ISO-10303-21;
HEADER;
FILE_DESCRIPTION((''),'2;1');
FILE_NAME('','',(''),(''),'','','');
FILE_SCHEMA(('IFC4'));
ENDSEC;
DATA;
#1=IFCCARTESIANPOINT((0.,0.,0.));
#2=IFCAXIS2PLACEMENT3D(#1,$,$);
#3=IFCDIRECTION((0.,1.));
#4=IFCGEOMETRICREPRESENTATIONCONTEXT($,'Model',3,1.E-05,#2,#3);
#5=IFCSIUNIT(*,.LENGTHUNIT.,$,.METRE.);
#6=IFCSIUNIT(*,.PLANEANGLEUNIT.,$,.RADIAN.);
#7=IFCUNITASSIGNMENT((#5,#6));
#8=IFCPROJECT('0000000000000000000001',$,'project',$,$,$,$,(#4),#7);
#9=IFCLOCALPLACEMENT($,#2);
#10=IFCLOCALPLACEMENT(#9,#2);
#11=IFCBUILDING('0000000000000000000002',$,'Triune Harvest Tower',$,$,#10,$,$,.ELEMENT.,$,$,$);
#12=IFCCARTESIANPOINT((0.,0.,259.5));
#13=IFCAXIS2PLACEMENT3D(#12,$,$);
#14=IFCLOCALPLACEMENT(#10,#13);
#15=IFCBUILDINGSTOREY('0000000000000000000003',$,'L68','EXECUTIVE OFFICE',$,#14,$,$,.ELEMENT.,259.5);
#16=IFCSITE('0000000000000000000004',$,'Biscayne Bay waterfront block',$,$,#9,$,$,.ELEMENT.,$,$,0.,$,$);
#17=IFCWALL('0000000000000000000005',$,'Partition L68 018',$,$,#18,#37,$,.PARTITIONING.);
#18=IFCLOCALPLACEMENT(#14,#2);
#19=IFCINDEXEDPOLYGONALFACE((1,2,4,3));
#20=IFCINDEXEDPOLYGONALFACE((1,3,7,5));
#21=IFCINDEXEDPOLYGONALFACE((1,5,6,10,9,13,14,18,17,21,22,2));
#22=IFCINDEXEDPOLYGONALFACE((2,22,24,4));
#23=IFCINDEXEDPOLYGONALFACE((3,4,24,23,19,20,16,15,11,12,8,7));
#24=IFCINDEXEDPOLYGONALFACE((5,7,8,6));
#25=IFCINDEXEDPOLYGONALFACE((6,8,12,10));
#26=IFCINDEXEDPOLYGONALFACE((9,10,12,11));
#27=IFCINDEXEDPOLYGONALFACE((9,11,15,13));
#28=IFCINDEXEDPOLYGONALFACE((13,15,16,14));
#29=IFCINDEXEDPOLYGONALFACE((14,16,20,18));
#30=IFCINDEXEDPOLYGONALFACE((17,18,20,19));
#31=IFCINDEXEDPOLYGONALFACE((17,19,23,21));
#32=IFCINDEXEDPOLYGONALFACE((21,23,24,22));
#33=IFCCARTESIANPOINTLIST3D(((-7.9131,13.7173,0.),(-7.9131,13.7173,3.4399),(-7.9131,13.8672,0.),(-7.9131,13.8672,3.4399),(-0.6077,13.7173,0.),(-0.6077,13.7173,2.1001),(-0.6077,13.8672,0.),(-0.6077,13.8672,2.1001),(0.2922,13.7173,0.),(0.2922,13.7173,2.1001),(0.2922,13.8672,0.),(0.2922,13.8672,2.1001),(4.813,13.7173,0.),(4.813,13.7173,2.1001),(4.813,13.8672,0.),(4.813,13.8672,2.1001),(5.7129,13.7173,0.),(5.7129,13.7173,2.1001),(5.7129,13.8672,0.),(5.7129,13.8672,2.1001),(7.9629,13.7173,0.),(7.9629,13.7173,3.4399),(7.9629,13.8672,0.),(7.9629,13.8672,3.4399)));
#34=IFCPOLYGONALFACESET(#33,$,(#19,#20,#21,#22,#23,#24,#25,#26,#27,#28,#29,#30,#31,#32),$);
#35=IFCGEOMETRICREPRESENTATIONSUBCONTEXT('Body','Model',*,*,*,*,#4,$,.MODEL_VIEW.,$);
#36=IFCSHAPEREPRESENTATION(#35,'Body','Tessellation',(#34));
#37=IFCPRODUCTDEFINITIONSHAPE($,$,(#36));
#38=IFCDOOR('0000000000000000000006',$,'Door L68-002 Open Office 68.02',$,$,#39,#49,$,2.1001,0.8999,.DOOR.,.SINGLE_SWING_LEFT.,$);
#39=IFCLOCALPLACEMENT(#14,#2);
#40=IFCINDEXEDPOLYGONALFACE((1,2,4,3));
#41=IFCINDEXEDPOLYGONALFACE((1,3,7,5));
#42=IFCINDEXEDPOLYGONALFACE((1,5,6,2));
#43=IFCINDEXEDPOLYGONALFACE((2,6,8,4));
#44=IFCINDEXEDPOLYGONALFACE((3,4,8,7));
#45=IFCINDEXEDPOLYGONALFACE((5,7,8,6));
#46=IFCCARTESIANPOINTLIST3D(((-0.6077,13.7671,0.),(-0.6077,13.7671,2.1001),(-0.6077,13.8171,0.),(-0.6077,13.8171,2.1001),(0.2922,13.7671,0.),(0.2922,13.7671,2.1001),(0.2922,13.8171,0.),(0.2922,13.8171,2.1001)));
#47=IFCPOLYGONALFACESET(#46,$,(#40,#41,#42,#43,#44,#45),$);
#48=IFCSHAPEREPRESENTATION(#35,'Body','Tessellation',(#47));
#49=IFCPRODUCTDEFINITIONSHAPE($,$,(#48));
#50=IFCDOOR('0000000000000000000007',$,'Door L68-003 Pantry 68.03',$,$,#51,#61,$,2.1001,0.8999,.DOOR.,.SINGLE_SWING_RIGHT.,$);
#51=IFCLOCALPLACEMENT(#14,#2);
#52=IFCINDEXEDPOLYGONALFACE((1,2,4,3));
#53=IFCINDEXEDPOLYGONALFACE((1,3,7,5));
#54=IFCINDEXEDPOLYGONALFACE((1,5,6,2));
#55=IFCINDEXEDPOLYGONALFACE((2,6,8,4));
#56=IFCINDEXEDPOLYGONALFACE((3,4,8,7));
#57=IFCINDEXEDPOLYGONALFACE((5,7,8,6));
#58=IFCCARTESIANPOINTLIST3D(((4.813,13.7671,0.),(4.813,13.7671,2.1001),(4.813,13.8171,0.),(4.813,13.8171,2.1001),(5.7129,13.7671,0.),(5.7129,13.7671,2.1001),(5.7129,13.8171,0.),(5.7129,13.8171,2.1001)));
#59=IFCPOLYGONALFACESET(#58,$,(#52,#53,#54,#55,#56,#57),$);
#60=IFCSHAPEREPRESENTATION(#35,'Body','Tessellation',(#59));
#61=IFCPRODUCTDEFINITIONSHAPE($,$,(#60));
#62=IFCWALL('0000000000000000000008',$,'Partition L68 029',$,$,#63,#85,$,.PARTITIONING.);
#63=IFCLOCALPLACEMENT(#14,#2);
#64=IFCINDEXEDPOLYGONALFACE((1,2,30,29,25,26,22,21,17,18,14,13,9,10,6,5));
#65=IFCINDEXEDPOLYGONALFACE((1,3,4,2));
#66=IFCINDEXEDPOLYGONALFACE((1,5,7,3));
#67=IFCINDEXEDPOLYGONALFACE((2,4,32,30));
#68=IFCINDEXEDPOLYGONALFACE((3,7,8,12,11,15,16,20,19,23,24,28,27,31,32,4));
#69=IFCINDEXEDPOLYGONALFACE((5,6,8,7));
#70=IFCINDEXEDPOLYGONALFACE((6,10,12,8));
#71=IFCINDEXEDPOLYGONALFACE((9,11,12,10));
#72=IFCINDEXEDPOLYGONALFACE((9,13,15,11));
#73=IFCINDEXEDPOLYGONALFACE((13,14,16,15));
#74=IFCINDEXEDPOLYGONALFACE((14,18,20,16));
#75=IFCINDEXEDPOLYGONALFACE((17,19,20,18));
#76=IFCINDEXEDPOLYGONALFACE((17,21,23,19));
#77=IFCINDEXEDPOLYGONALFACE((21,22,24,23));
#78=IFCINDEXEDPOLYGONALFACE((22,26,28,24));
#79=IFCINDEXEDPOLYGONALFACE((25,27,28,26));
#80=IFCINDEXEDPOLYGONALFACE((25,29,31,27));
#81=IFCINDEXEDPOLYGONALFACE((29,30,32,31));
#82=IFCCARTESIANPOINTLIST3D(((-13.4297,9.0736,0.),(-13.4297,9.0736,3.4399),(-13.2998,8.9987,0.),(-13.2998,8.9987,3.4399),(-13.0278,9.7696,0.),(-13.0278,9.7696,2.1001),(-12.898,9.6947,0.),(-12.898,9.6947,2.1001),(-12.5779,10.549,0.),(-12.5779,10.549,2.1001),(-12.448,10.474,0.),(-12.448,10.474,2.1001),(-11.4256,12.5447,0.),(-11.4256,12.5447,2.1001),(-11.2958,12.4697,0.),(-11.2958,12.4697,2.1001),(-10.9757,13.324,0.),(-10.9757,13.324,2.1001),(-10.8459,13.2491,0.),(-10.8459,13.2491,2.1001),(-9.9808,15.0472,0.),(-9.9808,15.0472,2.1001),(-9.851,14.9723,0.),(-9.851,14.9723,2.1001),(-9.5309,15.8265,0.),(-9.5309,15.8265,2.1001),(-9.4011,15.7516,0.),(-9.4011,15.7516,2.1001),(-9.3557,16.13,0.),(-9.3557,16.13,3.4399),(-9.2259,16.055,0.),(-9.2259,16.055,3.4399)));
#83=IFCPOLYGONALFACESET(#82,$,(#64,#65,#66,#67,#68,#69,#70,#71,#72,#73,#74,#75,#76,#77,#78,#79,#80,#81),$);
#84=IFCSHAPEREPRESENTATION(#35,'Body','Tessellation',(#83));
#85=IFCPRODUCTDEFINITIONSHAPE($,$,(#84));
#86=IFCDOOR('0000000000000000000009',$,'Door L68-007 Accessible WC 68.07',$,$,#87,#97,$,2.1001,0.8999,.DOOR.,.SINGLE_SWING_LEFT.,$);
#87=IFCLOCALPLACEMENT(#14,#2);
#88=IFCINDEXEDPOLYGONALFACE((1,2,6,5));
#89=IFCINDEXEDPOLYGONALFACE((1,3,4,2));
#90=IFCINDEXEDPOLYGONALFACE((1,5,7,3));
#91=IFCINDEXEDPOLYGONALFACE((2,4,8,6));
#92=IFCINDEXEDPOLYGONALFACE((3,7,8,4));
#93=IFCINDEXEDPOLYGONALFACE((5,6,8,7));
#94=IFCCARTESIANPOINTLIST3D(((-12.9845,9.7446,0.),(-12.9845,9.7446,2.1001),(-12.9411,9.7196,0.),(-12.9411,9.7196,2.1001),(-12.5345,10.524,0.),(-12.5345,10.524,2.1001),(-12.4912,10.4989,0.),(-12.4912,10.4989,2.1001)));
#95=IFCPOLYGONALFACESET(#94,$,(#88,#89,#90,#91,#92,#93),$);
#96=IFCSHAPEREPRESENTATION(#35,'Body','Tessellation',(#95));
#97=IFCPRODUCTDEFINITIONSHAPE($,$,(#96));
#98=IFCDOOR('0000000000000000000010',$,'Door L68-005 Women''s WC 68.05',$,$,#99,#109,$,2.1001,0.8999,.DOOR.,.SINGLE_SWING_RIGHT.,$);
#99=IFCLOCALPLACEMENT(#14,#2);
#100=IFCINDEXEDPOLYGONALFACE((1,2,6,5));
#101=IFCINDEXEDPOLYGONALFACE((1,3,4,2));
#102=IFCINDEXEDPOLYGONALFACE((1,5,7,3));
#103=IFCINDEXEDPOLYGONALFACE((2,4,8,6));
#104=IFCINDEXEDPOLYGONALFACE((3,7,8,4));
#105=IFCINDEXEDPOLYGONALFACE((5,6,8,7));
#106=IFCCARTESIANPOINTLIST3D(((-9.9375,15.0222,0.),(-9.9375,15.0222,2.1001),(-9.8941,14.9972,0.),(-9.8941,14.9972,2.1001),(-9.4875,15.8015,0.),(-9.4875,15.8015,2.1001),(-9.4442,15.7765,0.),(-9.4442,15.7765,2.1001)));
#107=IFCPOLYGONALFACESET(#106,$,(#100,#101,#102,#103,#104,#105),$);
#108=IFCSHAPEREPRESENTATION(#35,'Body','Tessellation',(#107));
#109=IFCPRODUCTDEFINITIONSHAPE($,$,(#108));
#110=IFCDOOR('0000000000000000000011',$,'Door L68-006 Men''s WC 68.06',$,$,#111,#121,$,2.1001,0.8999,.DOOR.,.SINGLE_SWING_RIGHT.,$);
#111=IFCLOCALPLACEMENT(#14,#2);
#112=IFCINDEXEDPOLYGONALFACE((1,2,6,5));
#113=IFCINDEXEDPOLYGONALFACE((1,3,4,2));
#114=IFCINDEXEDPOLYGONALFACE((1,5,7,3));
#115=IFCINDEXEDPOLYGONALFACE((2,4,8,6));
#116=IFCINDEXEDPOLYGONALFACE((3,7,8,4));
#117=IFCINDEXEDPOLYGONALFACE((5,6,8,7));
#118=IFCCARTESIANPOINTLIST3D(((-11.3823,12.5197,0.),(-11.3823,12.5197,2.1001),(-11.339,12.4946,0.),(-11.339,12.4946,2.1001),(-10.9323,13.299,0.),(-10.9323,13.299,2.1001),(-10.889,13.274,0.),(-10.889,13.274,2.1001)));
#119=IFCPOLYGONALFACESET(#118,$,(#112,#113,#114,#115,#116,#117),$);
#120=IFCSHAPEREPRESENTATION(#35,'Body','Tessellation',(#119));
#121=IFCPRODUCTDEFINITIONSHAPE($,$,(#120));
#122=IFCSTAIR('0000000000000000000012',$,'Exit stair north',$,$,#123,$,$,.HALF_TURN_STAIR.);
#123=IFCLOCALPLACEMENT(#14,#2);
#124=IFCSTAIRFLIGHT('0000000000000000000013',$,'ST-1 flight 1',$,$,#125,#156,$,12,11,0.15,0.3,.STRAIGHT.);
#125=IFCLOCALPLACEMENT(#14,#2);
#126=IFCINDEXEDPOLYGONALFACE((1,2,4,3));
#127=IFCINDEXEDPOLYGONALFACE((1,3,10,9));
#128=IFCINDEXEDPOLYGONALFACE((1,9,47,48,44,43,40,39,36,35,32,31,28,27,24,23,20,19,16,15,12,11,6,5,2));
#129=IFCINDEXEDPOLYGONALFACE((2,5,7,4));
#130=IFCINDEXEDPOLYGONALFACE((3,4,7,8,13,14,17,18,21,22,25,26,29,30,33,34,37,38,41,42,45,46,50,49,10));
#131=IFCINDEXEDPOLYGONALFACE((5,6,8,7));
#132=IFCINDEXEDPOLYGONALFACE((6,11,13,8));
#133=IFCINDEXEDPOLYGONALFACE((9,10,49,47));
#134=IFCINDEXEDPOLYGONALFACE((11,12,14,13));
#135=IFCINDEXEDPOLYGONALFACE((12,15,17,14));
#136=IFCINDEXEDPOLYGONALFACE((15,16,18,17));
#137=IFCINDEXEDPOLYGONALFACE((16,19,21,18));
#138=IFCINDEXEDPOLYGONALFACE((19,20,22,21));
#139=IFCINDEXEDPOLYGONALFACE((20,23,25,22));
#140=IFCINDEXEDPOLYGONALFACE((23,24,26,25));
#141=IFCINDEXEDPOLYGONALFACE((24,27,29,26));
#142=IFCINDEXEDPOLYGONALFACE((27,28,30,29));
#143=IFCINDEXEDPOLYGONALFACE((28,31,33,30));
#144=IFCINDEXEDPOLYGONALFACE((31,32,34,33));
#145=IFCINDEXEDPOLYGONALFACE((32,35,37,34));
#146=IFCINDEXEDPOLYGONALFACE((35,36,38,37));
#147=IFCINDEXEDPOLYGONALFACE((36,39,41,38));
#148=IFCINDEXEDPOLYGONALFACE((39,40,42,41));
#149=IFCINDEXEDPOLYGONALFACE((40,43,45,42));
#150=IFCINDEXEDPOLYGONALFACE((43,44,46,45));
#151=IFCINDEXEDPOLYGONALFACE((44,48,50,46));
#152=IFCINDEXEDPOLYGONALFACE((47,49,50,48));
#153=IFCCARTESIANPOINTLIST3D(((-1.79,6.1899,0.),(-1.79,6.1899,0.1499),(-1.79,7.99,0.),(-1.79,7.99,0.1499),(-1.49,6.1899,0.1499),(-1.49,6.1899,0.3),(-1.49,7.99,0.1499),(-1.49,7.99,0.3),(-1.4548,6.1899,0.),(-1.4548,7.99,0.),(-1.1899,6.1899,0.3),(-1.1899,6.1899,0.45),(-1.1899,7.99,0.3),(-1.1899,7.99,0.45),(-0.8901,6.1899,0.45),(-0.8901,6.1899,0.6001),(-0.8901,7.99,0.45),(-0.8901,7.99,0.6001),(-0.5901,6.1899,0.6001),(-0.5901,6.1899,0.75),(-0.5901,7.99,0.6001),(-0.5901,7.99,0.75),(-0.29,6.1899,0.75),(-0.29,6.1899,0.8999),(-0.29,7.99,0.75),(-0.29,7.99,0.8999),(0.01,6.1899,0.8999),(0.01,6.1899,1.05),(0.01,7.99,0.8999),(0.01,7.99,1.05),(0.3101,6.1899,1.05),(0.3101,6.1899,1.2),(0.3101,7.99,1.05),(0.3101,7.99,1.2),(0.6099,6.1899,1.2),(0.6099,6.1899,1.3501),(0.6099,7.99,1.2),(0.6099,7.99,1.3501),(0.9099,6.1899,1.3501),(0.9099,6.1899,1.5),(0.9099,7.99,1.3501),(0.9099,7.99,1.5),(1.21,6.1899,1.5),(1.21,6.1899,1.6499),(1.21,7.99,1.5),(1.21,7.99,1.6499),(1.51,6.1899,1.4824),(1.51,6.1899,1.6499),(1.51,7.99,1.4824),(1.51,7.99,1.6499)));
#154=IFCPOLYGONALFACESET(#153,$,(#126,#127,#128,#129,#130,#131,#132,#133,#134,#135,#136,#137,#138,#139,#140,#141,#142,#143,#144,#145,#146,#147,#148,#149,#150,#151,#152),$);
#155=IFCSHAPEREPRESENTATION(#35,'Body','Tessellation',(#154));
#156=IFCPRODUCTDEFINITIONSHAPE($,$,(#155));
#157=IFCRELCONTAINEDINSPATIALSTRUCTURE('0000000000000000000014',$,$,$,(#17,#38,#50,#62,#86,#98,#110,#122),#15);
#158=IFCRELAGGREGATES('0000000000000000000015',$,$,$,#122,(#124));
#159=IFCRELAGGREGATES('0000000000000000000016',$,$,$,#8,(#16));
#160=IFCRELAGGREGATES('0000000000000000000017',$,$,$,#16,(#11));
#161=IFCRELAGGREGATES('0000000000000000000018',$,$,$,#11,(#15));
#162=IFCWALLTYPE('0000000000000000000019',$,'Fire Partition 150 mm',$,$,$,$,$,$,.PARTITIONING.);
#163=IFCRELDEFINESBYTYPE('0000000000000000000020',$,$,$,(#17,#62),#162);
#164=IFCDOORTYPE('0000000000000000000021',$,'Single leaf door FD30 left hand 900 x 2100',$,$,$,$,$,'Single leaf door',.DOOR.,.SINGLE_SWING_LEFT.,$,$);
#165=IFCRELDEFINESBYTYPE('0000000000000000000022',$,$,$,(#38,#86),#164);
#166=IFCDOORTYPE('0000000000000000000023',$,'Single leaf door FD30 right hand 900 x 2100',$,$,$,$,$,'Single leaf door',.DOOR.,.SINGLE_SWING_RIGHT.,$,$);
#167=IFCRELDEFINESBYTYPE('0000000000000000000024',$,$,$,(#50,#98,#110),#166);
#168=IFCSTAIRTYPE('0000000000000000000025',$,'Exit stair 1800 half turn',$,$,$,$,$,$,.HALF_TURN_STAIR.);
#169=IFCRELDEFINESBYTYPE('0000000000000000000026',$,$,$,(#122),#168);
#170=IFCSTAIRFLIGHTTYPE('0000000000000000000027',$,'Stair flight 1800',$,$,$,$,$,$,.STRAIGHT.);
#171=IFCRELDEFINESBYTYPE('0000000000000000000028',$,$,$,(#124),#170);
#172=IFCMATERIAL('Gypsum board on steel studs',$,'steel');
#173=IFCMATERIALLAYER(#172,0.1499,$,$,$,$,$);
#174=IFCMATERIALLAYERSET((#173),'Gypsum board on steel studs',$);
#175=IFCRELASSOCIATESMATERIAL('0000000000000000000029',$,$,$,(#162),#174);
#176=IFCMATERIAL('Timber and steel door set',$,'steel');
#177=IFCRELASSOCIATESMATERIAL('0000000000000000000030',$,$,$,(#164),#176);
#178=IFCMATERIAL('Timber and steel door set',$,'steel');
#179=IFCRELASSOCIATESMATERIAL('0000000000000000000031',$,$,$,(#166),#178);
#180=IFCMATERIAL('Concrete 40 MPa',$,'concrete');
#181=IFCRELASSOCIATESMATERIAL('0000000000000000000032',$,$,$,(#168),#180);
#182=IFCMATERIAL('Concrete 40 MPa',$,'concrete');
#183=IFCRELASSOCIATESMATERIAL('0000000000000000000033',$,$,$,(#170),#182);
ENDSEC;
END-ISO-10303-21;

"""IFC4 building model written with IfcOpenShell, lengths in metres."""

from ifc_helpers import new_model, si_unit, direction, frame, frame_2d, origin, place, context, subcontext, project, spatial, polyline, rectangle, outline, extrude, source, transform, mapped, material, layer, layer_set, type_object, element, fill, aggregate, save


model = new_model("IFC4")

# Units and contexts
model_context = context("Model", 3, precision=1e-05, world=origin(), true_north=direction((0.0, 1.0)))
body_context = subcontext(model_context, "Body", "Model", "MODEL_VIEW")
ifc_project = project(units=[si_unit("LENGTHUNIT", "METRE"), si_unit("PLANEANGLEUNIT", "RADIAN")], contexts=[model_context])

# Site, building, storey
site_placement = place(None, origin())
site = spatial("IfcSite", under=ifc_project, at=site_placement, Name="Biscayne Bay waterfront block", CompositionType="ELEMENT", RefElevation=0.0)
building_placement = place(site_placement, origin())
building = spatial("IfcBuilding", under=site, at=building_placement, Name="Triune Harvest Tower", CompositionType="ELEMENT")
storey_placement = place(building_placement, frame((0.0, 0.0, 259.5)))
storey = spatial("IfcBuildingStorey", under=building, at=storey_placement, Name="L68", Description="EXECUTIVE OFFICE", CompositionType="ELEMENT", Elevation=259.5)

# Walls, openings, doors
ifc_material_1 = material(Name="Gypsum board on steel studs", Category="steel")
ifc_layer_1 = layer(ifc_material_1, 0.1499)
ifc_layer_set_1 = layer_set([ifc_layer_1], Name="Gypsum board on steel studs")
wall_type_1 = type_object("IfcWallType", Name="Fire Partition 150 mm", PredefinedType="PARTITIONING", material=ifc_layer_set_1)
shared_shape_1 = source(origin(), body_context, "Body", "SweptSolid", [
    extrude(rectangle(XDim=15.876, YDim=0.1499, at=frame_2d((7.938, 0.0))), origin(), (0.0, 0.0, 1.0), 3.4399),
])
wall_1_placement = place(storey_placement, frame((-7.9131, 13.7922, 0.0), z_axis=(0.0, 0.0, 1.0), x_axis=(1.0, 0.0, 0.0)))
wall_1 = element("IfcWall", 1, at=wall_1_placement, inside=storey, type_object=wall_type_1, Name="Partition L68 018", PredefinedType="PARTITIONING", context=body_context, shape_type="MappedRepresentation", body=[
    mapped(shared_shape_1, transform((0.0, 0.0, 0.0), scale=1.0)),
])
opening_1_placement = place(wall_1_placement, frame((7.3054, 0.0, 0.0)))
opening_1 = element("IfcOpeningElement", 2, at=opening_1_placement, cuts=wall_1, PredefinedType="OPENING", context=body_context, shape_type="SweptSolid", body=[
    extrude(rectangle(XDim=0.8999, YDim=2.1001, at=frame_2d((0.45, 1.05))), frame((0.0, 0.085, 0.0), z_axis=(0.0, -1.0, 0.0), x_axis=(1.0, 0.0, 0.0)), (0.0, 0.0, 1.0), 0.1699),
])
opening_2_placement = place(wall_1_placement, frame((12.7261, 0.0, 0.0)))
opening_2 = element("IfcOpeningElement", 3, at=opening_2_placement, cuts=wall_1, PredefinedType="OPENING", context=body_context, shape_type="SweptSolid", body=[
    extrude(rectangle(XDim=0.8999, YDim=2.1001, at=frame_2d((0.45, 1.05))), frame((0.0, 0.085, 0.0), z_axis=(0.0, -1.0, 0.0), x_axis=(1.0, 0.0, 0.0)), (0.0, 0.0, 1.0), 0.1699),
])
ifc_material_2 = material(Name="Timber and steel door set", Category="steel")
door_type_1 = type_object("IfcDoorType", Name="Single leaf door FD30 left hand 900 x 2100", ElementType="Single leaf door", OperationType="SINGLE_SWING_LEFT", PredefinedType="DOOR", material=ifc_material_2)
door_1_placement = place(opening_1_placement, origin())
door_1 = element("IfcDoor", 4, at=door_1_placement, inside=storey, type_object=door_type_1, Name="Door L68-002 Open Office 68.02", OperationType="SINGLE_SWING_LEFT", OverallHeight=2.1001, OverallWidth=0.8999, PredefinedType="DOOR", context=body_context, shape_type="SweptSolid", body=[
    extrude(rectangle(XDim=0.8999, YDim=2.1001, at=frame_2d((0.45, 1.05))), frame((0.0, 0.0249, 0.0), z_axis=(0.0, -1.0, 0.0), x_axis=(1.0, 0.0, 0.0)), (0.0, 0.0, 1.0), 0.05),
])
fill(opening_1, door_1)
ifc_material_3 = material(Name="Timber and steel door set", Category="steel")
door_type_2 = type_object("IfcDoorType", Name="Single leaf door FD30 right hand 900 x 2100", ElementType="Single leaf door", OperationType="SINGLE_SWING_RIGHT", PredefinedType="DOOR", material=ifc_material_3)
door_2_placement = place(opening_2_placement, origin())
door_2 = element("IfcDoor", 5, at=door_2_placement, inside=storey, type_object=door_type_2, Name="Door L68-003 Pantry 68.03", OperationType="SINGLE_SWING_RIGHT", OverallHeight=2.1001, OverallWidth=0.8999, PredefinedType="DOOR", context=body_context, shape_type="SweptSolid", body=[
    extrude(rectangle(XDim=0.8999, YDim=2.1001, at=frame_2d((0.45, 1.05))), frame((0.0, 0.0249, 0.0), z_axis=(0.0, -1.0, 0.0), x_axis=(1.0, 0.0, 0.0)), (0.0, 0.0, 1.0), 0.05),
])
fill(opening_2, door_2)
shared_shape_2 = source(origin(), body_context, "Body", "SweptSolid", [
    extrude(rectangle(XDim=8.1479, YDim=0.1499, at=frame_2d((4.074, 0.0))), origin(), (0.0, 0.0, 1.0), 3.4399),
])
wall_2_placement = place(storey_placement, frame((-13.3647, 9.0361, 0.0), z_axis=(0.0, 0.0, 1.0), x_axis=(0.499997, 0.866027, 0.0)))
wall_2 = element("IfcWall", 6, at=wall_2_placement, inside=storey, type_object=wall_type_1, Name="Partition L68 029", PredefinedType="PARTITIONING", context=body_context, shape_type="MappedRepresentation", body=[
    mapped(shared_shape_2, transform((0.0, 0.0, 0.0), scale=1.0)),
])
opening_3_placement = place(wall_2_placement, frame((6.8977, 0.0, 0.0)))
opening_3 = element("IfcOpeningElement", 7, at=opening_3_placement, cuts=wall_2, PredefinedType="OPENING", context=body_context, shape_type="SweptSolid", body=[
    extrude(rectangle(XDim=0.8999, YDim=2.1001, at=frame_2d((0.45, 1.05))), frame((0.0, 0.085, 0.0), z_axis=(0.0, -1.0, 0.0), x_axis=(1.0, 0.0, 0.0)), (0.0, 0.0, 1.0), 0.1699),
])
opening_4_placement = place(wall_2_placement, frame((4.0081, 0.0, 0.0)))
opening_4 = element("IfcOpeningElement", 8, at=opening_4_placement, cuts=wall_2, PredefinedType="OPENING", context=body_context, shape_type="SweptSolid", body=[
    extrude(rectangle(XDim=0.8999, YDim=2.1001, at=frame_2d((0.45, 1.05))), frame((0.0, 0.085, 0.0), z_axis=(0.0, -1.0, 0.0), x_axis=(1.0, 0.0, 0.0)), (0.0, 0.0, 1.0), 0.1699),
])
opening_5_placement = place(wall_2_placement, frame((0.8037, 0.0, 0.0)))
opening_5 = element("IfcOpeningElement", 9, at=opening_5_placement, cuts=wall_2, PredefinedType="OPENING", context=body_context, shape_type="SweptSolid", body=[
    extrude(rectangle(XDim=0.8999, YDim=2.1001, at=frame_2d((0.45, 1.05))), frame((0.0, 0.085, 0.0), z_axis=(0.0, -1.0, 0.0), x_axis=(1.0, 0.0, 0.0)), (0.0, 0.0, 1.0), 0.1699),
])
door_3_placement = place(opening_5_placement, origin())
door_3 = element("IfcDoor", 10, at=door_3_placement, inside=storey, type_object=door_type_1, Name="Door L68-007 Accessible WC 68.07", OperationType="SINGLE_SWING_LEFT", OverallHeight=2.1001, OverallWidth=0.8999, PredefinedType="DOOR", context=body_context, shape_type="SweptSolid", body=[
    extrude(rectangle(XDim=0.8999, YDim=2.1001, at=frame_2d((0.45, 1.05))), frame((0.0, 0.0249, 0.0), z_axis=(0.0, -1.0, 0.0), x_axis=(1.0, 0.0, 0.0)), (0.0, 0.0, 1.0), 0.05),
])
fill(opening_5, door_3)
door_4_placement = place(opening_3_placement, origin())
door_4 = element("IfcDoor", 11, at=door_4_placement, inside=storey, type_object=door_type_2, Name="Door L68-005 Women's WC 68.05", OperationType="SINGLE_SWING_RIGHT", OverallHeight=2.1001, OverallWidth=0.8999, PredefinedType="DOOR", context=body_context, shape_type="SweptSolid", body=[
    extrude(rectangle(XDim=0.8999, YDim=2.1001, at=frame_2d((0.45, 1.05))), frame((0.0, 0.0249, 0.0), z_axis=(0.0, -1.0, 0.0), x_axis=(1.0, 0.0, 0.0)), (0.0, 0.0, 1.0), 0.05),
])
fill(opening_3, door_4)
door_5_placement = place(opening_4_placement, origin())
door_5 = element("IfcDoor", 12, at=door_5_placement, inside=storey, type_object=door_type_2, Name="Door L68-006 Men's WC 68.06", OperationType="SINGLE_SWING_RIGHT", OverallHeight=2.1001, OverallWidth=0.8999, PredefinedType="DOOR", context=body_context, shape_type="SweptSolid", body=[
    extrude(rectangle(XDim=0.8999, YDim=2.1001, at=frame_2d((0.45, 1.05))), frame((0.0, 0.0249, 0.0), z_axis=(0.0, -1.0, 0.0), x_axis=(1.0, 0.0, 0.0)), (0.0, 0.0, 1.0), 0.05),
])
fill(opening_4, door_5)

# Stair, stair flight
ifc_material_4 = material(Name="Concrete 40 MPa", Category="concrete")
stair_type = type_object("IfcStairType", Name="Exit stair 1800 half turn", PredefinedType="HALF_TURN_STAIR", material=ifc_material_4)
stair_placement = place(storey_placement, origin())
stair = element("IfcStair", 13, at=stair_placement, inside=storey, type_object=stair_type, Name="Exit stair north", PredefinedType="HALF_TURN_STAIR")
ifc_material_5 = material(Name="Concrete 40 MPa", Category="concrete")
stair_flight_type = type_object("IfcStairFlightType", Name="Stair flight 1800", PredefinedType="STRAIGHT", material=ifc_material_5)
shared_shape_3 = source(origin(), body_context, "Body", "SweptSolid", [
    extrude(outline(polyline([(0.0, 0.0), (0.0, 0.1499), (0.3, 0.1499), (0.3, 0.3), (0.6001, 0.3), (0.6001, 0.45), (0.8999, 0.45), (0.8999, 0.6001), (1.2, 0.6001), (1.2, 0.75), (1.5, 0.75), (1.5, 0.8999), (1.8, 0.8999), (1.8, 1.05), (2.1001, 1.05), (2.1001, 1.2), (2.3999, 1.2), (2.3999, 1.3501), (2.7, 1.3501), (2.7, 1.5), (3.0, 1.5), (3.0, 1.6499), (3.3, 1.6499), (3.3, 1.8), (3.3, 1.4824), (0.3352, 0.0), (0.0, 0.0)])), frame((0.0, 0.8999, 0.0), z_axis=(0.0, -1.0, 0.0), x_axis=(1.0, 0.0, 0.0)), (0.0, 0.0, 1.0), 1.8),
])
stair_flight_placement = place(storey_placement, frame((-1.79, 7.0901, 0.0), z_axis=(0.0, 0.0, 1.0), x_axis=(1.0, 0.0, 0.0)))
stair_flight = element("IfcStairFlight", 14, at=stair_flight_placement, type_object=stair_flight_type, Name="ST-1 flight 1", NumberOfRisers=12, NumberOfTreads=11, PredefinedType="STRAIGHT", RiserHeight=0.15, TreadLength=0.3, context=body_context, shape_type="MappedRepresentation", body=[
    mapped(shared_shape_3, transform((0.0, 0.0, 0.0), scale=1.0)),
])
aggregate(stair, [stair_flight])

save(model, "model.ifc")
